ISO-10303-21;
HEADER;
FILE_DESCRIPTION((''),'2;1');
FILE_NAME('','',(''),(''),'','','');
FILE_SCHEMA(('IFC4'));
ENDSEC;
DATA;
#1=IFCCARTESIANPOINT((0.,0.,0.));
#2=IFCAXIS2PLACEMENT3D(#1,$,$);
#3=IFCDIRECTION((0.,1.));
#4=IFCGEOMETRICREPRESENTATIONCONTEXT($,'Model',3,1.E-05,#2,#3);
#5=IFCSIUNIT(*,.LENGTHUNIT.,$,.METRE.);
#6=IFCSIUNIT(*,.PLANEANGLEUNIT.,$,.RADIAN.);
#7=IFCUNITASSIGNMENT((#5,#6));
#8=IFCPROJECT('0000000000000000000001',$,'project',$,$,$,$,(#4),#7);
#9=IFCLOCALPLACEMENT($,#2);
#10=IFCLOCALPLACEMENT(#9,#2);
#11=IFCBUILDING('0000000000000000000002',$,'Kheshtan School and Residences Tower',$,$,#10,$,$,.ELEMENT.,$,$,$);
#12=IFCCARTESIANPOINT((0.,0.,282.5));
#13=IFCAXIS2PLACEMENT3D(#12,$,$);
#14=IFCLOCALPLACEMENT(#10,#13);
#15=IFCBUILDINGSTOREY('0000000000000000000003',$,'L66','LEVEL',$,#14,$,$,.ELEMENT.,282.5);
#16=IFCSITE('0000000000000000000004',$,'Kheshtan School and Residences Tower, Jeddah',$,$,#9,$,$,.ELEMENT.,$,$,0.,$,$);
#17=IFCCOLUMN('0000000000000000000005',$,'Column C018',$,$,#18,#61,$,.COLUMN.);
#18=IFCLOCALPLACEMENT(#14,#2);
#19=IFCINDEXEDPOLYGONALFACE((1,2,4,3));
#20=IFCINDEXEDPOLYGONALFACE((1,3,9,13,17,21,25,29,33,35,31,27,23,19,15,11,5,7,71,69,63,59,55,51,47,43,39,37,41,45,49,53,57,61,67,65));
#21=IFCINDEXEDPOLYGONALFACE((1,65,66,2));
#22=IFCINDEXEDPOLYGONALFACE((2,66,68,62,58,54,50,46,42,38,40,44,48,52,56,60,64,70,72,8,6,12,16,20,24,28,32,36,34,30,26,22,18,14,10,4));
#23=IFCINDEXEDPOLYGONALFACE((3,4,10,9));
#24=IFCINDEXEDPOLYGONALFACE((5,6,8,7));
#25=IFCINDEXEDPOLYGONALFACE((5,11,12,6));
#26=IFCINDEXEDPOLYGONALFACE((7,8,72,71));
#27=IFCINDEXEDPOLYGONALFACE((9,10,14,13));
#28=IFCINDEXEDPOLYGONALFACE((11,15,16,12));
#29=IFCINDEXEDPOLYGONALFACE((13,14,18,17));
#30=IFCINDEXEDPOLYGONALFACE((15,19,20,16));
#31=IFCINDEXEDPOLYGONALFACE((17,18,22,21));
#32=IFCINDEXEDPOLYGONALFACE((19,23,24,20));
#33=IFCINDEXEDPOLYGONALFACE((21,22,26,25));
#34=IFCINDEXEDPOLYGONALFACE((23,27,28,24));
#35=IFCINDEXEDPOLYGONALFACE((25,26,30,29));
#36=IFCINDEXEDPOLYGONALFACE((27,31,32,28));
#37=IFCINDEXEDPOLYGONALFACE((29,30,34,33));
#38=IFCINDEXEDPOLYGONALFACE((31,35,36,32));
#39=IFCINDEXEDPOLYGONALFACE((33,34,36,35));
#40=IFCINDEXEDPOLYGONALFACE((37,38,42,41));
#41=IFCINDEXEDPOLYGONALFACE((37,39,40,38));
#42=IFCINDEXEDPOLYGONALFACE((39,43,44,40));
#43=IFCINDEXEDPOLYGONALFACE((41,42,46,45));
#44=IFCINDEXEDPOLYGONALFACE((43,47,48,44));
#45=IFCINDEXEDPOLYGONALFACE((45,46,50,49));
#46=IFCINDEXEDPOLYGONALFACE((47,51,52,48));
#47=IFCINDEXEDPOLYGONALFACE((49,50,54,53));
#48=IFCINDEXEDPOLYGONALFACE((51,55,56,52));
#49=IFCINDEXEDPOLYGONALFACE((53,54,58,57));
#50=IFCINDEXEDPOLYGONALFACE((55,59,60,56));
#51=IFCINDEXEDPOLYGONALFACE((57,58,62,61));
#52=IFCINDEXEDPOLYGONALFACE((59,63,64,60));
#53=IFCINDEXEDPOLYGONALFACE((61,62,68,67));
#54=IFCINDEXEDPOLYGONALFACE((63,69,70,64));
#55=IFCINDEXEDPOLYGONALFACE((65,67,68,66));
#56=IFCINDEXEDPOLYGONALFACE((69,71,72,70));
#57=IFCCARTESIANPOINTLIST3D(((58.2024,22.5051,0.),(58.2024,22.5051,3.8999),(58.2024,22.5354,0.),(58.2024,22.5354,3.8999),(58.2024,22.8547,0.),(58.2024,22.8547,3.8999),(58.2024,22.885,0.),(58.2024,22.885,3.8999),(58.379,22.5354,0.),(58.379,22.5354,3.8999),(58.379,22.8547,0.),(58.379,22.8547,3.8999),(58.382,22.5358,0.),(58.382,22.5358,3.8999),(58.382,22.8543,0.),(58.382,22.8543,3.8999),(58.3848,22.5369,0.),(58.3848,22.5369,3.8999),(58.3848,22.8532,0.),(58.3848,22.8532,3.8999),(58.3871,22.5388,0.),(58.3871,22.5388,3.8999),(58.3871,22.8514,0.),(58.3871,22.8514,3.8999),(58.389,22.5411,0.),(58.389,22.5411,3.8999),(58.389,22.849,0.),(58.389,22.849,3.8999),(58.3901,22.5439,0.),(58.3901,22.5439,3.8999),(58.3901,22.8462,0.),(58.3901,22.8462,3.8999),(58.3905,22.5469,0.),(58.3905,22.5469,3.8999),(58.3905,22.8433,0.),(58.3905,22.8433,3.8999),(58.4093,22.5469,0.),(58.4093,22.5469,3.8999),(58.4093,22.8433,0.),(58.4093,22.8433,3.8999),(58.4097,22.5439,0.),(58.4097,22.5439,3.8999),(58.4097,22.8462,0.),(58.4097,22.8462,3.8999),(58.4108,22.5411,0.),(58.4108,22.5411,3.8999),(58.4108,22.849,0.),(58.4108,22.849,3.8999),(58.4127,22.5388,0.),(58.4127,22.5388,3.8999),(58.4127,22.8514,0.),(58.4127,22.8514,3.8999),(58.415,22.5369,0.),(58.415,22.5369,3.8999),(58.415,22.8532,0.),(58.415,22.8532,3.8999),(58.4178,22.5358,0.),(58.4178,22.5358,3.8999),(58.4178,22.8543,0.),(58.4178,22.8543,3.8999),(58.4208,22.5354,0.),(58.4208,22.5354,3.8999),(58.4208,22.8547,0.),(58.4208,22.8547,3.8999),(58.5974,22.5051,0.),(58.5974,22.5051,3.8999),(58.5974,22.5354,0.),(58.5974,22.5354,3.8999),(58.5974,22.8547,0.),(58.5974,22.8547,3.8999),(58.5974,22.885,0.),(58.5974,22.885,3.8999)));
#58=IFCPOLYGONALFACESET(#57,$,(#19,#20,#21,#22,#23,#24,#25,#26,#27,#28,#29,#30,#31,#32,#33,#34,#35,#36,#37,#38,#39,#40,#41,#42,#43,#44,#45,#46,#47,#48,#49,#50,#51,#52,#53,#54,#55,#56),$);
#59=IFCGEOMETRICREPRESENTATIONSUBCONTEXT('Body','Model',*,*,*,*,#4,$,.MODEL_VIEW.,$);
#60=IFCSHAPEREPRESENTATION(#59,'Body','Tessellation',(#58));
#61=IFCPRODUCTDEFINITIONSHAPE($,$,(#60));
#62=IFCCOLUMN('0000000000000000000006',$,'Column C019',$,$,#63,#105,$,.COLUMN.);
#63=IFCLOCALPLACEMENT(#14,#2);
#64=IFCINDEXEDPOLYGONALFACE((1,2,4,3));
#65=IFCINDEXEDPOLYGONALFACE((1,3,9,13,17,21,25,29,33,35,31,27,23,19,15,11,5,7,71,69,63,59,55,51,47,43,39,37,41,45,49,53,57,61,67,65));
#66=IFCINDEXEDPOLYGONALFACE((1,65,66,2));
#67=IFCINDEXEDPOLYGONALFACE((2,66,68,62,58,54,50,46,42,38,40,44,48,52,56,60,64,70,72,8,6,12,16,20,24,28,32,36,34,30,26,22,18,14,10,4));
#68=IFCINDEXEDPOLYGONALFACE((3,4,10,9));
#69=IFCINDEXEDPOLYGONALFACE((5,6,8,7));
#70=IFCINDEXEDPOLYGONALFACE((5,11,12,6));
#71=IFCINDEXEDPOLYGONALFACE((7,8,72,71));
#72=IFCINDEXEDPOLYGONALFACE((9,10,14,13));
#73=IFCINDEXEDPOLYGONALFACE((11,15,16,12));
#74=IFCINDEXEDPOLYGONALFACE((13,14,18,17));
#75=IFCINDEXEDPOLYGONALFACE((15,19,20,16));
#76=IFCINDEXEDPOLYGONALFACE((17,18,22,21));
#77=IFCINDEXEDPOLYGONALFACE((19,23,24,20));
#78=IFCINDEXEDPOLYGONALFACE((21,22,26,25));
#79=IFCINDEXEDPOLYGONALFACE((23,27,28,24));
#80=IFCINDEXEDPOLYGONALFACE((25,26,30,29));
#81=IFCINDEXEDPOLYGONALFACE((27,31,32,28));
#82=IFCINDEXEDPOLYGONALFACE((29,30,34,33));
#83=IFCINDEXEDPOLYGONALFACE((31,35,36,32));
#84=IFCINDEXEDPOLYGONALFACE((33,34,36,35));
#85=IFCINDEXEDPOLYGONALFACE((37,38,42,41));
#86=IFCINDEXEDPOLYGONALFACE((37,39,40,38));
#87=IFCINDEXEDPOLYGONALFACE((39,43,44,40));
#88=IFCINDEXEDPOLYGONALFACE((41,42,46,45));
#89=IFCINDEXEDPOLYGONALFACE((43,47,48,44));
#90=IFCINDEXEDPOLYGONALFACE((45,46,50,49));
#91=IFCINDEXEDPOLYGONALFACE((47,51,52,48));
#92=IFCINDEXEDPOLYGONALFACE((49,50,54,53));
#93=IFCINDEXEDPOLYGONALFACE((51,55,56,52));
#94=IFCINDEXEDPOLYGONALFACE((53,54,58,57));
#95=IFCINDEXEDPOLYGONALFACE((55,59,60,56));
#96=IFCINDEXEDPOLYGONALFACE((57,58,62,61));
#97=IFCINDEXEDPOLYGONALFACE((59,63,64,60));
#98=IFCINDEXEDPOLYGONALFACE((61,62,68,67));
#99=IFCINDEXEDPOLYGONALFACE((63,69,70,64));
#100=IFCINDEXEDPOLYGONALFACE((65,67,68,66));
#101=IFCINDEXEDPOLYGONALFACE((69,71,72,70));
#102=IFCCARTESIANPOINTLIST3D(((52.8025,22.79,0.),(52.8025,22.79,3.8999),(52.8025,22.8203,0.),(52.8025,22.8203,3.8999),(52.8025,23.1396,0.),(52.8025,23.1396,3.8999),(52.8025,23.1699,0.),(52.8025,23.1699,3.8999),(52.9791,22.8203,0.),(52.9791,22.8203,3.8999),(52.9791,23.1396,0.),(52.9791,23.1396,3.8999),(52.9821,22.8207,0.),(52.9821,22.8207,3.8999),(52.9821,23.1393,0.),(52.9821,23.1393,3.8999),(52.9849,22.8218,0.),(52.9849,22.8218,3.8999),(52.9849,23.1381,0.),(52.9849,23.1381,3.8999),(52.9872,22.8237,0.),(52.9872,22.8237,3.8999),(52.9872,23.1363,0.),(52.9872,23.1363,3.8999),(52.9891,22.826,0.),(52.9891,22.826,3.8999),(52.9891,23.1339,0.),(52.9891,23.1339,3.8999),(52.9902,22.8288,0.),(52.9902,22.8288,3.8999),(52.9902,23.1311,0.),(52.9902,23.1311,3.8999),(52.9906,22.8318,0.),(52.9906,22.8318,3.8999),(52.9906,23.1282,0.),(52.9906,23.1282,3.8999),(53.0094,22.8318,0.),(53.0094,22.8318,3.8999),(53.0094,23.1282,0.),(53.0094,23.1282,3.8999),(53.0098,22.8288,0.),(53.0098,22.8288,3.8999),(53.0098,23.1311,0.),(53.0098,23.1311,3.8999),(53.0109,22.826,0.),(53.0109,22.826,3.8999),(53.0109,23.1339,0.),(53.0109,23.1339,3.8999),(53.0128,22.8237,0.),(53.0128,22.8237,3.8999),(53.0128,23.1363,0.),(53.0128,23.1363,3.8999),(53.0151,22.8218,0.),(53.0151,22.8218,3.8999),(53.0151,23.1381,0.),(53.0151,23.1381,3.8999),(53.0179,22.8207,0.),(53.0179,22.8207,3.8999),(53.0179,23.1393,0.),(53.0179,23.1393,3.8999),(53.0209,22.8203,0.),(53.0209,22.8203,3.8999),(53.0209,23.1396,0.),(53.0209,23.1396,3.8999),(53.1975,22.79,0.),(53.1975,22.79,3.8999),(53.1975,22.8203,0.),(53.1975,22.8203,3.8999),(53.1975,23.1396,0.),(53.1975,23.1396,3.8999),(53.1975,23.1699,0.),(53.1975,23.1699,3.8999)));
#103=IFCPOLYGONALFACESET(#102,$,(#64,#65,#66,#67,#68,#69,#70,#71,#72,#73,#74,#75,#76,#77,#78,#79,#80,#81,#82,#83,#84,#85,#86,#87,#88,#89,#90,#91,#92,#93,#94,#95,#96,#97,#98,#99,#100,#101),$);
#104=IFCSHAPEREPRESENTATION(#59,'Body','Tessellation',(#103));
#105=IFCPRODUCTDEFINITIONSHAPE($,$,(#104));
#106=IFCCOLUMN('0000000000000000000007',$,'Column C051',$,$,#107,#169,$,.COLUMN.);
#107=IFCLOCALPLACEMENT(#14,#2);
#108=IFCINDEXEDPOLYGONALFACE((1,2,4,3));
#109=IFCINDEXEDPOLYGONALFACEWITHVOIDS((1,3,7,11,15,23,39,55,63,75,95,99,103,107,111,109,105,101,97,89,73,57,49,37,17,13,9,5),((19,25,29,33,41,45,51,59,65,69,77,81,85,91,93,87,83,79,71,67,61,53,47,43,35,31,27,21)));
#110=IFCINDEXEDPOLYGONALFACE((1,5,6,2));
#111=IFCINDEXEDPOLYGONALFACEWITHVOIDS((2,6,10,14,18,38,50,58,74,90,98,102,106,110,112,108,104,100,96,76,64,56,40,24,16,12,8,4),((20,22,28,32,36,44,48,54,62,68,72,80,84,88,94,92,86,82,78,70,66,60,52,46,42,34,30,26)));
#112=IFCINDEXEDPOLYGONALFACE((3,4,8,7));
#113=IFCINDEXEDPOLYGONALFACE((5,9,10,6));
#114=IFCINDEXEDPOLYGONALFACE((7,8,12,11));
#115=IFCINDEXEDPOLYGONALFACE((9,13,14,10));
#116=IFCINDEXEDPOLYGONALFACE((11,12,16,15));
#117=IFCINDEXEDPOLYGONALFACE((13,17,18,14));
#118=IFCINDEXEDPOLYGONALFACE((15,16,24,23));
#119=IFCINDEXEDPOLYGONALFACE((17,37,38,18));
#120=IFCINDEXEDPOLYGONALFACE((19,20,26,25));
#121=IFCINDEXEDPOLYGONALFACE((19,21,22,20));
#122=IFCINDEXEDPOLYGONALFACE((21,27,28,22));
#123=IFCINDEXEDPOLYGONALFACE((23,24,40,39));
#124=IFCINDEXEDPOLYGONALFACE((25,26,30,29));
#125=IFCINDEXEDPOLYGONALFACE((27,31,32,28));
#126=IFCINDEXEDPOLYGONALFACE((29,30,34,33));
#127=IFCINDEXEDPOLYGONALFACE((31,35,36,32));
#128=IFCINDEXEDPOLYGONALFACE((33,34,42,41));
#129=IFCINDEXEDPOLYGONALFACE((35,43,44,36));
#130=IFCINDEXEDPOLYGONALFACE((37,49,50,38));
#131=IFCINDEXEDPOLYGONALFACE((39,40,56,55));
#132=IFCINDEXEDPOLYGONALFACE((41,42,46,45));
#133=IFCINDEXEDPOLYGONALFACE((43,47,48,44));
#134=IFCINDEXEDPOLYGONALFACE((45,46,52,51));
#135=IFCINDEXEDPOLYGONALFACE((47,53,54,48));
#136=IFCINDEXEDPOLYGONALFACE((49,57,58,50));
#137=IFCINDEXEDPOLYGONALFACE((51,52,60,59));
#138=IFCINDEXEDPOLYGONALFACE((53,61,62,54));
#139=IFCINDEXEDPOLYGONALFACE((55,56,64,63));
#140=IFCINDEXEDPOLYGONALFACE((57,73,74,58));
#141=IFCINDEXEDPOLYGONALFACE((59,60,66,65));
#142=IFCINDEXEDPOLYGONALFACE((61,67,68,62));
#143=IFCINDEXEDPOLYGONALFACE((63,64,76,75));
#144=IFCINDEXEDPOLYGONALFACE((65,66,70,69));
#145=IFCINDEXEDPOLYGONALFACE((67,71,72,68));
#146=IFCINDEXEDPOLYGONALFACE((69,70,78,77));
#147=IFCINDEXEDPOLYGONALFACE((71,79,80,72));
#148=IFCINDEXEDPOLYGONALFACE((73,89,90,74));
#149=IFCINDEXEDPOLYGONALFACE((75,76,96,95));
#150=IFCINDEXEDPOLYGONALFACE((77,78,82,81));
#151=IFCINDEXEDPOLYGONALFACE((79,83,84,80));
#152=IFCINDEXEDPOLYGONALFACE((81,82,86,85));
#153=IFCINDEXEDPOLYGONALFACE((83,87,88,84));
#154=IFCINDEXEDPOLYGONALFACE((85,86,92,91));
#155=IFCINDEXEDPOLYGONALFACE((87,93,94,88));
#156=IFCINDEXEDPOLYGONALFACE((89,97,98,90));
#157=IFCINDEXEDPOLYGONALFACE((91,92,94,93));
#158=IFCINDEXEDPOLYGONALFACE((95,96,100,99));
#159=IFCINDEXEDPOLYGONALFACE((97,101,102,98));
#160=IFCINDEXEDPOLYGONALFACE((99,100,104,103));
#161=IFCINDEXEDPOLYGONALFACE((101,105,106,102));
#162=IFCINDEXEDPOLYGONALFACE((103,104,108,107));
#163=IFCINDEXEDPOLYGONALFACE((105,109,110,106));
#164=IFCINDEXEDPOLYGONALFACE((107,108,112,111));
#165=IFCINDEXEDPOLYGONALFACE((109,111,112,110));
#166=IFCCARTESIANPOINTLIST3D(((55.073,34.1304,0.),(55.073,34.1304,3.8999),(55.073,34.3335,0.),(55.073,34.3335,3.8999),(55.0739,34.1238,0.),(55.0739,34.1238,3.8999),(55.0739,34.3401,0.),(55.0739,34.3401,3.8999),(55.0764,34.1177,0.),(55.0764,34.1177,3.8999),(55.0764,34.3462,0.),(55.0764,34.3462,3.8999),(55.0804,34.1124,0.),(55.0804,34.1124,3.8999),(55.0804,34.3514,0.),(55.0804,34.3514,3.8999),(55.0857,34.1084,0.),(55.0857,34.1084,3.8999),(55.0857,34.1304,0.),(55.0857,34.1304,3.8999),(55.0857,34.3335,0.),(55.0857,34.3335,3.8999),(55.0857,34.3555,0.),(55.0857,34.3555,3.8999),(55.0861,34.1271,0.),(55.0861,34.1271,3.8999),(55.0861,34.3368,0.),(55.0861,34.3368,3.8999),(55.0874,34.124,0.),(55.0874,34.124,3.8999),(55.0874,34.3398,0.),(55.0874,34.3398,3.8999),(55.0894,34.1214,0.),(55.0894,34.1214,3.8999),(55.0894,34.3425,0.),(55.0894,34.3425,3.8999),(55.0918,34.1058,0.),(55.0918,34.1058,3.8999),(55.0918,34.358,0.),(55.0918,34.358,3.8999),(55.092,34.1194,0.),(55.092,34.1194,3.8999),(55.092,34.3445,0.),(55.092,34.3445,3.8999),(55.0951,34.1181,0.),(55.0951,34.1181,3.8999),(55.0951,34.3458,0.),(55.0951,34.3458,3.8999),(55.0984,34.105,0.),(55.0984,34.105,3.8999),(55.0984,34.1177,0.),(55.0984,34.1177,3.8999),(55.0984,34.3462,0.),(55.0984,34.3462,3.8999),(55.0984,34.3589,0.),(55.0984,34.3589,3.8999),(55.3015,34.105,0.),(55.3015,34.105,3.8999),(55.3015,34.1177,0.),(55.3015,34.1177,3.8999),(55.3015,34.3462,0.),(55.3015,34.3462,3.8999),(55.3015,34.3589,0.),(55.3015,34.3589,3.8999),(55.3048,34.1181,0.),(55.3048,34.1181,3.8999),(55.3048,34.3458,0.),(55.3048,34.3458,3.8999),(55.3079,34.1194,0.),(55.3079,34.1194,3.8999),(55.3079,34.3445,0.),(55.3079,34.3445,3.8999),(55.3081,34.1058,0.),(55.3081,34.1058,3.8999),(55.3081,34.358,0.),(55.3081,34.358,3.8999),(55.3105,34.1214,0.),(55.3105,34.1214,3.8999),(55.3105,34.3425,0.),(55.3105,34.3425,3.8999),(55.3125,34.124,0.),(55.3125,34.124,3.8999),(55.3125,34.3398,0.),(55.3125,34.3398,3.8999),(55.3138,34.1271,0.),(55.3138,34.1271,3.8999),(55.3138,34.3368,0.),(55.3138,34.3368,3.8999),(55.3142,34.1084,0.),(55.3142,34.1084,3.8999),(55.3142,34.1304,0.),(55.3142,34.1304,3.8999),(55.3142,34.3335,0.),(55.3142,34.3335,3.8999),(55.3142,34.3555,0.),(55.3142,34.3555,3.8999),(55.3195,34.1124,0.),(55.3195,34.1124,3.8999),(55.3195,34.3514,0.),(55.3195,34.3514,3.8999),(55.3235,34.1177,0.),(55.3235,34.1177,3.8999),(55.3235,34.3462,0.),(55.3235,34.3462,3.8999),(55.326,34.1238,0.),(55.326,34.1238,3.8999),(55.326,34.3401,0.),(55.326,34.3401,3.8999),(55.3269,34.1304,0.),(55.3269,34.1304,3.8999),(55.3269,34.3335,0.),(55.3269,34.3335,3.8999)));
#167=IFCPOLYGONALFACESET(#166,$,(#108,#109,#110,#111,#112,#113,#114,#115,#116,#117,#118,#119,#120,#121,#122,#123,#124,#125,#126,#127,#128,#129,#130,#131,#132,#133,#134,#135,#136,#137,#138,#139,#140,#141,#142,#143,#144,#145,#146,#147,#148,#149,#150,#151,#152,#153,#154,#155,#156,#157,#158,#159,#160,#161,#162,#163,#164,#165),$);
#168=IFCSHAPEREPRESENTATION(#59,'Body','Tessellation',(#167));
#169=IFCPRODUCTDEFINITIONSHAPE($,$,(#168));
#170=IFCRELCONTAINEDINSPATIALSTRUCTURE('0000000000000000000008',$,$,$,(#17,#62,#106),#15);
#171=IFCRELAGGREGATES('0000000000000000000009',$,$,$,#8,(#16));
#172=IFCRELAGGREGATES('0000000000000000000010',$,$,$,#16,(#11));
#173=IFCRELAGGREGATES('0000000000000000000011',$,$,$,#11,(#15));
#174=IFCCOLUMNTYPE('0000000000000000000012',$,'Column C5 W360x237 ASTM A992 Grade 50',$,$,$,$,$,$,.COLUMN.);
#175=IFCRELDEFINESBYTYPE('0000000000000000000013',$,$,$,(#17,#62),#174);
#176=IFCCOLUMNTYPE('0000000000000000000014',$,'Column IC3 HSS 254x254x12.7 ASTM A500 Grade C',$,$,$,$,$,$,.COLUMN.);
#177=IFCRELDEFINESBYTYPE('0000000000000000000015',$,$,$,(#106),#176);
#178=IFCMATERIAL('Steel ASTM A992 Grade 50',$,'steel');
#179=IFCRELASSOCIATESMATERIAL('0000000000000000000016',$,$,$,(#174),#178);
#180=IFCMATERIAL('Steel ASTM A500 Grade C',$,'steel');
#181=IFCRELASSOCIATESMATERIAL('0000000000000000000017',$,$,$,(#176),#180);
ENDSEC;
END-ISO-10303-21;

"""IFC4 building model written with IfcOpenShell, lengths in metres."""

from ifc_helpers import new_model, si_unit, direction, frame, origin, origin_2d, place, context, subcontext, project, spatial, hollow_rectangle, i_section, extrude, material, material_profile, profile_set, type_object, element, save


model = new_model("IFC4")

# Units and contexts
model_context = context("Model", 3, precision=1e-05, world=origin(), true_north=direction((0.0, 1.0)))
body_context = subcontext(model_context, "Body", "Model", "MODEL_VIEW")
ifc_project = project(units=[si_unit("LENGTHUNIT", "METRE"), si_unit("PLANEANGLEUNIT", "RADIAN")], contexts=[model_context])

# Site, building, storey
site_placement = place(None, origin())
site = spatial("IfcSite", under=ifc_project, at=site_placement, Name="Kheshtan School and Residences Tower, Jeddah", CompositionType="ELEMENT", RefElevation=0.0)
building_placement = place(site_placement, origin())
building = spatial("IfcBuilding", under=site, at=building_placement, Name="Kheshtan School and Residences Tower", CompositionType="ELEMENT")
storey_placement = place(building_placement, frame((0.0, 0.0, 282.5)))
storey = spatial("IfcBuildingStorey", under=building, at=storey_placement, Name="L66", Description="LEVEL", CompositionType="ELEMENT", Elevation=282.5)

# Columns
ifc_material_1 = material(Name="Steel ASTM A992 Grade 50", Category="steel")
ifc_material_profile_1 = material_profile(ifc_material_1, i_section(OverallWidth=0.395, OverallDepth=0.3799, WebThickness=0.0188, FlangeThickness=0.0303, FilletRadius=0.0115, at=origin_2d()), Name="W360x237")
ifc_profile_set_1 = profile_set([ifc_material_profile_1], Name="Steel ASTM A992 Grade 50")
column_type_1 = type_object("IfcColumnType", Name="Column C5 W360x237 ASTM A992 Grade 50", PredefinedType="COLUMN", material=ifc_profile_set_1)
for number, where, z_axis, x_axis, name in (
    (1, (58.3999, 22.6951, 0.0), (0.0, 0.0, 1.0), (1.0, 0.0, 0.0), "Column C018"),
    (2, (53.0, 22.98, 0.0), (0.0, 0.0, 1.0), (1.0, 0.0, 0.0), "Column C019"),
):
    element("IfcColumn", number, at=place(storey_placement, frame(where, z_axis=z_axis, x_axis=x_axis)), inside=storey, type_object=column_type_1, Name=name, PredefinedType="COLUMN", context=body_context, shape_type="SweptSolid", body=[
        extrude(i_section(OverallWidth=0.395, OverallDepth=0.3799, WebThickness=0.0188, FlangeThickness=0.0303, FilletRadius=0.0115, at=origin_2d()), origin(), (0.0, 0.0, 1.0), 3.8999),
    ])
ifc_material_2 = material(Name="Steel ASTM A500 Grade C", Category="steel")
ifc_material_profile_2 = material_profile(ifc_material_2, hollow_rectangle(XDim=0.2539, YDim=0.2539, WallThickness=0.0127, InnerFilletRadius=0.0127, OuterFilletRadius=0.0254, at=origin_2d()), Name="HSS 254x254x12.7")
ifc_profile_set_2 = profile_set([ifc_material_profile_2], Name="Steel ASTM A500 Grade C")
column_type_2 = type_object("IfcColumnType", Name="Column IC3 HSS 254x254x12.7 ASTM A500 Grade C", PredefinedType="COLUMN", material=ifc_profile_set_2)
column_placement = place(storey_placement, frame((55.2, 34.2319, 0.0), z_axis=(0.0, 0.0, 1.0), x_axis=(1.0, 0.0, 0.0)))
element("IfcColumn", 3, at=column_placement, inside=storey, type_object=column_type_2, Name="Column C051", PredefinedType="COLUMN", context=body_context, shape_type="SweptSolid", body=[
    extrude(hollow_rectangle(XDim=0.2539, YDim=0.2539, WallThickness=0.0127, InnerFilletRadius=0.0127, OuterFilletRadius=0.0254, at=origin_2d()), origin(), (0.0, 0.0, 1.0), 3.8999),
])

save(model, "model.ifc")
